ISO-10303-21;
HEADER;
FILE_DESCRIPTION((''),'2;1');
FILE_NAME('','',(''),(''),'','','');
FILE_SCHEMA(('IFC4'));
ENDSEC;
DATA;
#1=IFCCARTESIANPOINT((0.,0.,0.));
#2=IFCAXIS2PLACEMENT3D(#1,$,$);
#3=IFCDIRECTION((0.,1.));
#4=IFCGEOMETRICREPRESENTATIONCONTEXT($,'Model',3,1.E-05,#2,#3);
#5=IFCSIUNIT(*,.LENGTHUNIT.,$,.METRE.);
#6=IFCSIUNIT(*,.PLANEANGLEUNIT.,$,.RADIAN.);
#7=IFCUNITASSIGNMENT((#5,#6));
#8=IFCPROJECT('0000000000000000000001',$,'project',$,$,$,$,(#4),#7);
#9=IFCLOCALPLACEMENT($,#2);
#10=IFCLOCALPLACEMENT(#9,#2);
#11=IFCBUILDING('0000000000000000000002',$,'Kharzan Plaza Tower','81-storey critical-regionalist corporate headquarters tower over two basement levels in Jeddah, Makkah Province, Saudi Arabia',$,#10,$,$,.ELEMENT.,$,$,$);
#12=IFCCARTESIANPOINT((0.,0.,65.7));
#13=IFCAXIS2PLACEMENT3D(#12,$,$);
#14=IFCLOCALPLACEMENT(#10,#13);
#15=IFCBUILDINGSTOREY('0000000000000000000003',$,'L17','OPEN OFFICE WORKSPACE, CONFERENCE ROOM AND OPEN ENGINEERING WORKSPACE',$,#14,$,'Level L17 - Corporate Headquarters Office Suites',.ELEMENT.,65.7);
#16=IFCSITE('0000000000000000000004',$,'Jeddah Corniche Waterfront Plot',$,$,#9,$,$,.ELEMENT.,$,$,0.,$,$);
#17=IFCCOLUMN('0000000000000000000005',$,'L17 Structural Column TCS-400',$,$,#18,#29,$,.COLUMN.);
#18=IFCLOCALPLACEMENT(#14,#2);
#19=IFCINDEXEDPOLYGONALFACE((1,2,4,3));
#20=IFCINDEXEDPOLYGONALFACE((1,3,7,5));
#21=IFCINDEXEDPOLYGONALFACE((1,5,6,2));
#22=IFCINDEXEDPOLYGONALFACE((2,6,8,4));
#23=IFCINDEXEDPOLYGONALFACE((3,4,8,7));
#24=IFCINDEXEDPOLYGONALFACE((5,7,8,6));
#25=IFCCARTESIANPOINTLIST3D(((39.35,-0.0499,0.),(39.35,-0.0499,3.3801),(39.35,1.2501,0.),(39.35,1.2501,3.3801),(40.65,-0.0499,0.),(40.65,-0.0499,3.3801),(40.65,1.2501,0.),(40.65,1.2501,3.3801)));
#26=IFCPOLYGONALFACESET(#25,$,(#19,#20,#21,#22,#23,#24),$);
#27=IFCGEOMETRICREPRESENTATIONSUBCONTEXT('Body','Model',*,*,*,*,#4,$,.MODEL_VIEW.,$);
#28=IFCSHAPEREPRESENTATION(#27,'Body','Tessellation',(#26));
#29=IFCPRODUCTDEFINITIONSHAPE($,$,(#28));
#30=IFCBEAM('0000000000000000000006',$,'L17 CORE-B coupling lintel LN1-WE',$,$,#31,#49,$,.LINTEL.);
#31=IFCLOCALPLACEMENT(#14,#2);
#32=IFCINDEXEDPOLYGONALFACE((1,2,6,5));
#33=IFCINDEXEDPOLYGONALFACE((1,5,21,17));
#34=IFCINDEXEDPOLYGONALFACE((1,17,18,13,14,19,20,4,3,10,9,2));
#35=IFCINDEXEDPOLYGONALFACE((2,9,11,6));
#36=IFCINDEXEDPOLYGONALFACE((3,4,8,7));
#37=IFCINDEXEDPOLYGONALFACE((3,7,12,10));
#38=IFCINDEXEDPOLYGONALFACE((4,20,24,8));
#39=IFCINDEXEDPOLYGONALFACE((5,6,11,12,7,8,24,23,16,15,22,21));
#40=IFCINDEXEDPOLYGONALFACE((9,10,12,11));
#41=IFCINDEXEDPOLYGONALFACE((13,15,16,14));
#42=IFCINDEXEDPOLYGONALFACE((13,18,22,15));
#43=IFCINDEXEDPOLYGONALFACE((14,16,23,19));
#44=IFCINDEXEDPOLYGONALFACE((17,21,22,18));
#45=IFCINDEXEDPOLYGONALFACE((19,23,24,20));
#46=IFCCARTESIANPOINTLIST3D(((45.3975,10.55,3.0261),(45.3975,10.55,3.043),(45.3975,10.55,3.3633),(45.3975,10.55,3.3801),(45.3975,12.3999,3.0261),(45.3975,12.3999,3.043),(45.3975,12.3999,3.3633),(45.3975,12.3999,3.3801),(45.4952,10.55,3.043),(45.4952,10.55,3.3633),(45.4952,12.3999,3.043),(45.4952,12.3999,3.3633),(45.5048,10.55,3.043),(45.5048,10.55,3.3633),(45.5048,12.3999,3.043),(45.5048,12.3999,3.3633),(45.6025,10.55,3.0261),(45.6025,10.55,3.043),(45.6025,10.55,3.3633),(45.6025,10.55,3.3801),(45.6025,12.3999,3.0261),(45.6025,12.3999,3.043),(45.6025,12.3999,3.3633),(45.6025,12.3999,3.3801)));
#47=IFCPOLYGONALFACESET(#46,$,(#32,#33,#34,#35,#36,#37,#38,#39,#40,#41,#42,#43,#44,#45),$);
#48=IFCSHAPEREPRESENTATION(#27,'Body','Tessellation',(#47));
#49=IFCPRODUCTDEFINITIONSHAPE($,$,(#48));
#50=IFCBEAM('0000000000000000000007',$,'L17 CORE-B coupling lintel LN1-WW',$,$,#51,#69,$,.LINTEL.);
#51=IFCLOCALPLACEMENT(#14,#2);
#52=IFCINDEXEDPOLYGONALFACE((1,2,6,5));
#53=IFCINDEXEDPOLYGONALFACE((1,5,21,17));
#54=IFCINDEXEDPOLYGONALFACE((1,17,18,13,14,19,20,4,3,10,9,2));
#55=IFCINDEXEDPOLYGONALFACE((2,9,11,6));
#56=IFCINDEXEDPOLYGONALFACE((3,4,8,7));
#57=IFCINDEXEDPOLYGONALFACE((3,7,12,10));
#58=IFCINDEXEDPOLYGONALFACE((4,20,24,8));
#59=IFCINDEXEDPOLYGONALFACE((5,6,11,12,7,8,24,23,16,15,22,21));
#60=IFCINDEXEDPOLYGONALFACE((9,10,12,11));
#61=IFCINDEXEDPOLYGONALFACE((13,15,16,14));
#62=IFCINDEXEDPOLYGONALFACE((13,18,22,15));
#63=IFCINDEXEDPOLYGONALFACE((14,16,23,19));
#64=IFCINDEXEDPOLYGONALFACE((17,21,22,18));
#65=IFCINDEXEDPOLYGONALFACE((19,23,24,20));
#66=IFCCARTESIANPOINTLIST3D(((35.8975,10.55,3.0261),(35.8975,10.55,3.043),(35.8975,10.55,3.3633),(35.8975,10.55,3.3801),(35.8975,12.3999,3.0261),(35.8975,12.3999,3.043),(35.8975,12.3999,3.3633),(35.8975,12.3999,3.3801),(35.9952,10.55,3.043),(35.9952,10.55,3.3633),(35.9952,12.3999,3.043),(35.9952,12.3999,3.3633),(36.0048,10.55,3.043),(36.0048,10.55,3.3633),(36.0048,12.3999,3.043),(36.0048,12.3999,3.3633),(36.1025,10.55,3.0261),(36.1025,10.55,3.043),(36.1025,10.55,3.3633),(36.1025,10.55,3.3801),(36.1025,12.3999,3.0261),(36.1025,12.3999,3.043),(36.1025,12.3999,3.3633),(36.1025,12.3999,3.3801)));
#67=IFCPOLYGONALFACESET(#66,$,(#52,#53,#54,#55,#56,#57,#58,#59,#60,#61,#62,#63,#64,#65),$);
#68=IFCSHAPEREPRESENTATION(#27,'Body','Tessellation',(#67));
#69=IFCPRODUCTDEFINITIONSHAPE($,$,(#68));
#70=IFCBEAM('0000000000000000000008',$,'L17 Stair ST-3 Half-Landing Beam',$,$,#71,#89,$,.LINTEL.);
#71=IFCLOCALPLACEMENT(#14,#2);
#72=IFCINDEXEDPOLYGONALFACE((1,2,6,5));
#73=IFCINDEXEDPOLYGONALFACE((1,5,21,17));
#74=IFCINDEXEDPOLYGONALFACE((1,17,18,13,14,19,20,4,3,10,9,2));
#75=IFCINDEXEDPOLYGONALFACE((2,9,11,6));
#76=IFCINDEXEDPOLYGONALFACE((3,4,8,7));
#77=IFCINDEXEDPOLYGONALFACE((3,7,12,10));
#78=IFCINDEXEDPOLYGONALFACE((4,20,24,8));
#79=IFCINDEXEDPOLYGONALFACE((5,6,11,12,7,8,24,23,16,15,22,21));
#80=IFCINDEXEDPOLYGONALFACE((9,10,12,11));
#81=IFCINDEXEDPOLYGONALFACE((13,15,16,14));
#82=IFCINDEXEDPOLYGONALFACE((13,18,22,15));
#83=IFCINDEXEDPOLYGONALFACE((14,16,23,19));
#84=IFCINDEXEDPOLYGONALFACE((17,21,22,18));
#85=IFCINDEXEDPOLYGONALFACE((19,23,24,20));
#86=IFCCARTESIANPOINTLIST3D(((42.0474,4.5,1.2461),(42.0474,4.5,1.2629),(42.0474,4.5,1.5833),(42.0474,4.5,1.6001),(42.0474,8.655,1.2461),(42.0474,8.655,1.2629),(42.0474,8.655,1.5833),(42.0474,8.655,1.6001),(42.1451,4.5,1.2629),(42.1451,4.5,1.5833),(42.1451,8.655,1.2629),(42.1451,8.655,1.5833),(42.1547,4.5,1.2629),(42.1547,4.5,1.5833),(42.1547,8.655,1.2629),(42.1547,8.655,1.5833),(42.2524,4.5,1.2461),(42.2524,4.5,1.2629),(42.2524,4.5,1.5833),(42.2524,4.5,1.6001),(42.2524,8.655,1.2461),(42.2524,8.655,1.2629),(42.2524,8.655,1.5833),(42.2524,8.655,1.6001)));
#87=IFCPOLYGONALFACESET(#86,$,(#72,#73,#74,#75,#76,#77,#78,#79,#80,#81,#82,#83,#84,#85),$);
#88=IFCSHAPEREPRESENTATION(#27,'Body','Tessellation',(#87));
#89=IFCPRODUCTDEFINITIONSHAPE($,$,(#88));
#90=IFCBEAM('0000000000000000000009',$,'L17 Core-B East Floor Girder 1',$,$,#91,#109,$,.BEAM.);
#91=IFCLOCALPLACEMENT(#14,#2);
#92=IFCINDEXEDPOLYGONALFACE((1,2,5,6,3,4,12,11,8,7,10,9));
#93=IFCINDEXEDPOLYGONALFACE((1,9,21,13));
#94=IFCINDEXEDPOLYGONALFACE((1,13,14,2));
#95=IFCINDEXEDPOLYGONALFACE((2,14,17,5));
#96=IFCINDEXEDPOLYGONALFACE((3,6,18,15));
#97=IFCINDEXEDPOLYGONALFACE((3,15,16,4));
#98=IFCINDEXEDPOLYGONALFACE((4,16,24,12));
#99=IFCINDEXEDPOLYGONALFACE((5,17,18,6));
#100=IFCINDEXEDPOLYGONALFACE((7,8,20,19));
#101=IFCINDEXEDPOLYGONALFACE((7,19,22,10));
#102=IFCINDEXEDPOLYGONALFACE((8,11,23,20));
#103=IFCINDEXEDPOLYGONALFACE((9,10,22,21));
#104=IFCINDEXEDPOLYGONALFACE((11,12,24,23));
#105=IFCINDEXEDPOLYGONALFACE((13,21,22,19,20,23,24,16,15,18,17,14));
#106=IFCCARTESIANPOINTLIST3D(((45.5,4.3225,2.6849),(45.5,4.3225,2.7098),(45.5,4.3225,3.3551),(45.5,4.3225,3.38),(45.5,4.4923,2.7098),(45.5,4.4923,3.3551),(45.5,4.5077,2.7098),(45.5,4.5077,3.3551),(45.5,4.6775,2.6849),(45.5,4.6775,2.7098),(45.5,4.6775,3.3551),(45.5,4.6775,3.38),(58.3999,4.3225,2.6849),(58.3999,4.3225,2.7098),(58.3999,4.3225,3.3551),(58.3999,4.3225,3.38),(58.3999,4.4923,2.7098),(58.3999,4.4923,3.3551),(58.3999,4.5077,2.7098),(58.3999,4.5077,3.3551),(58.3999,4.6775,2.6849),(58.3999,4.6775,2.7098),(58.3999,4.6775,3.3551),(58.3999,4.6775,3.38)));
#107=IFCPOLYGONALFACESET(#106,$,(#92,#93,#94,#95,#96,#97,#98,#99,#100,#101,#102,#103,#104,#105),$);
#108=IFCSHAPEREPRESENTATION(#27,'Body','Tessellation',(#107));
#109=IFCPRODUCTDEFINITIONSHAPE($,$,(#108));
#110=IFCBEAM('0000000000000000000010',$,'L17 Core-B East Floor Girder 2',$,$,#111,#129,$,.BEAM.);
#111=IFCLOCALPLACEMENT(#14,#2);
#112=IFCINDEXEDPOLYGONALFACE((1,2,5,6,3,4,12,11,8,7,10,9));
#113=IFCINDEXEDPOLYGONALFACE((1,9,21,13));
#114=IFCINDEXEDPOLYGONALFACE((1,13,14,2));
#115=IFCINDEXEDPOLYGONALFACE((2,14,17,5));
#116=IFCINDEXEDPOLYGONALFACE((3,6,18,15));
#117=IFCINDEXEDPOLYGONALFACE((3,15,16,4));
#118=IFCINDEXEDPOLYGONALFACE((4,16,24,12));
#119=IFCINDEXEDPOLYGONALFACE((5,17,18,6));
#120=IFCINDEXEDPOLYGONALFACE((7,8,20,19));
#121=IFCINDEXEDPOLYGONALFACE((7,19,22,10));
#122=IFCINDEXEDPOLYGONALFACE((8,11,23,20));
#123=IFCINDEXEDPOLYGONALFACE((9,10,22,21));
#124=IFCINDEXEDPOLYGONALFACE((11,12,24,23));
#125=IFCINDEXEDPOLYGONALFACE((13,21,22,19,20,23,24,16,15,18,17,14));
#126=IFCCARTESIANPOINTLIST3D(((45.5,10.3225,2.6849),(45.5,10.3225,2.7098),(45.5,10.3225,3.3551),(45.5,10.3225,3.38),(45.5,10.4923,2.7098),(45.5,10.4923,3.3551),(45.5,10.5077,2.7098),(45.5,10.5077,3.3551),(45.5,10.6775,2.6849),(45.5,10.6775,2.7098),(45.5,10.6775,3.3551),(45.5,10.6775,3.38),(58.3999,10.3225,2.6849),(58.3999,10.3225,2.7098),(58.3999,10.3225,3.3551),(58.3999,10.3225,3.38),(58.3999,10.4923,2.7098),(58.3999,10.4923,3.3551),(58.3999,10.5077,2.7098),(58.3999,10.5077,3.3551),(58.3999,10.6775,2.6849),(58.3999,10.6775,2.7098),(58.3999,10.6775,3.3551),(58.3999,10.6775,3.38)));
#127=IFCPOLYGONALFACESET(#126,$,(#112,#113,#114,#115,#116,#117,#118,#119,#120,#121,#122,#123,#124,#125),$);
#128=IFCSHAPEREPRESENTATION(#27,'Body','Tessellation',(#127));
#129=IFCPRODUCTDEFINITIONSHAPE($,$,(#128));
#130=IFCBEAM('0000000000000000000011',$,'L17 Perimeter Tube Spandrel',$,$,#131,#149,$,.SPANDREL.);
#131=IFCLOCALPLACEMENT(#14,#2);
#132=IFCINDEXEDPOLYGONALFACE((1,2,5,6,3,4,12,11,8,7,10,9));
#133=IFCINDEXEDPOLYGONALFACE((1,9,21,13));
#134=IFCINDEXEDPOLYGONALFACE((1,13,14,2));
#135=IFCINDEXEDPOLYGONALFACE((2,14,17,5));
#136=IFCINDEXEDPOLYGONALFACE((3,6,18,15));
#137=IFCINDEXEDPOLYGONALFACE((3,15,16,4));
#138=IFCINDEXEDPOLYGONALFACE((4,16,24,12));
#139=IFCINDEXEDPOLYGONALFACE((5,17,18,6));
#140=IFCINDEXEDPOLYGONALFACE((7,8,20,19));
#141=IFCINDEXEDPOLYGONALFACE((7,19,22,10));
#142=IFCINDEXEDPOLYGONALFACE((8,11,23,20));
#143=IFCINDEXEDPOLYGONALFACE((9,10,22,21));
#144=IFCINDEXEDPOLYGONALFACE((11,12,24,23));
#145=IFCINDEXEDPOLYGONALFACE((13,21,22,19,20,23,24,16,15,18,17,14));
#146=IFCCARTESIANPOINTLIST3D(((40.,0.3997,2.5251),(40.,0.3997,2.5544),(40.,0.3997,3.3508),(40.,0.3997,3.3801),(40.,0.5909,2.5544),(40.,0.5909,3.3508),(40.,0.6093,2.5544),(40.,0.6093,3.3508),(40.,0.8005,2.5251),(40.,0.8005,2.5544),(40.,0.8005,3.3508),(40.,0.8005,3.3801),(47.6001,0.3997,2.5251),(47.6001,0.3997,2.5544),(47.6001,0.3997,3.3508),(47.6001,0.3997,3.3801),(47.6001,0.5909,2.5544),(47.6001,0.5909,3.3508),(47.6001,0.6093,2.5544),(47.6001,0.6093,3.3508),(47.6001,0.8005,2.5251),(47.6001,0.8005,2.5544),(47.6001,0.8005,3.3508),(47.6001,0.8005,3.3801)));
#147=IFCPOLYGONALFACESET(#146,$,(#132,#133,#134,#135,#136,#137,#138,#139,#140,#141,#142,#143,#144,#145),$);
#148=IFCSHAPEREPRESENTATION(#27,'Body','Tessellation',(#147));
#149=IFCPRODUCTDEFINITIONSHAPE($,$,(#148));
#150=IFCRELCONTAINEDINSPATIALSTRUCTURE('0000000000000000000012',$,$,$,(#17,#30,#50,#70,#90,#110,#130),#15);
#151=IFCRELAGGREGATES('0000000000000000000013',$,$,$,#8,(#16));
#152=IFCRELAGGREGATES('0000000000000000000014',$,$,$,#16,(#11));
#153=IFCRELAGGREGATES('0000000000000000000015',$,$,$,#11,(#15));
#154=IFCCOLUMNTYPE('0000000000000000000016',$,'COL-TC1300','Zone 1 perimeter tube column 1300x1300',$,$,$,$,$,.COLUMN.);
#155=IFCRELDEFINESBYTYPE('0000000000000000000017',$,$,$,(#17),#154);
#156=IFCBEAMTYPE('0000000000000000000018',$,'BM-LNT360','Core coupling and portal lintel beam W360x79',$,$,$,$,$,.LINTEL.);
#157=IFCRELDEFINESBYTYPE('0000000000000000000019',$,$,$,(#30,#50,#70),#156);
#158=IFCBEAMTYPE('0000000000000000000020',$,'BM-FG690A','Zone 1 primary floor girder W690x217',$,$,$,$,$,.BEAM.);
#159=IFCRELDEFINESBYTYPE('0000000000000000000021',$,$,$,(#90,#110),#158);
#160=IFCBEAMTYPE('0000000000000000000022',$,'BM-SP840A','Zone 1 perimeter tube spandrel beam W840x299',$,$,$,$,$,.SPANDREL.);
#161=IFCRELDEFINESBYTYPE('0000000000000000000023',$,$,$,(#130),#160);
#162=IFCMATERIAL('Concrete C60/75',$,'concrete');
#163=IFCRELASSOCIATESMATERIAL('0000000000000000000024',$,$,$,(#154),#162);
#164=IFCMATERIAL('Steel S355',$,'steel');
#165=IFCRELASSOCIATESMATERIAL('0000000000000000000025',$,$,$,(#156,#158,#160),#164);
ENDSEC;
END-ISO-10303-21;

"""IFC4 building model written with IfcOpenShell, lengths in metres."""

from ifc_helpers import new_model, si_unit, direction, frame, origin, origin_2d, place, context, subcontext, project, spatial, rectangle, i_section, extrude, source, transform, mapped, material, material_profile, profile_set, type_object, element, save


model = new_model("IFC4")

# Units and contexts
model_context = context("Model", 3, precision=1e-05, world=origin(), true_north=direction((0.0, 1.0)))
body_context = subcontext(model_context, "Body", "Model", "MODEL_VIEW")
ifc_project = project(units=[si_unit("LENGTHUNIT", "METRE"), si_unit("PLANEANGLEUNIT", "RADIAN")], contexts=[model_context])

# Site, building, storey
site_placement = place(None, origin())
site = spatial("IfcSite", under=ifc_project, at=site_placement, Name="Jeddah Corniche Waterfront Plot", CompositionType="ELEMENT", RefElevation=0.0)
building_placement = place(site_placement, origin())
building = spatial("IfcBuilding", under=site, at=building_placement, Name="Kharzan Plaza Tower", Description="81-storey critical-regionalist corporate headquarters tower over two basement levels in Jeddah, Makkah Province, Saudi Arabia", CompositionType="ELEMENT")
storey_placement = place(building_placement, frame((0.0, 0.0, 65.7)))
storey = spatial("IfcBuildingStorey", under=building, at=storey_placement, Name="L17", Description="OPEN OFFICE WORKSPACE, CONFERENCE ROOM AND OPEN ENGINEERING WORKSPACE", LongName="Level L17 - Corporate Headquarters Office Suites", CompositionType="ELEMENT", Elevation=65.7)

# Column
ifc_material_1 = material(Name="Concrete C60/75", Category="concrete")
ifc_material_profile_1 = material_profile(ifc_material_1, rectangle(XDim=1.3, YDim=1.3, at=origin_2d()), Name="RC-TC1300x1300")
ifc_profile_set_1 = profile_set([ifc_material_profile_1], Name="Concrete C60/75")
column_type = type_object("IfcColumnType", Name="COL-TC1300", Description="Zone 1 perimeter tube column 1300x1300", PredefinedType="COLUMN", material=ifc_profile_set_1)
shared_shape_1 = source(origin(), body_context, "Body", "SweptSolid", [
    extrude(rectangle(XDim=1.3, YDim=1.3, at=origin_2d()), origin(), (0.0, 0.0, 1.0), 3.3801),
])
column_placement = place(storey_placement, frame((40.0, 0.6001, 0.0), z_axis=(0.0, 0.0, 1.0), x_axis=(1.0, 0.0, 0.0)))
element("IfcColumn", 1, at=column_placement, inside=storey, type_object=column_type, Name="L17 Structural Column TCS-400", PredefinedType="COLUMN", context=body_context, shape_type="MappedRepresentation", body=[
    mapped(shared_shape_1, transform((0.0, 0.0, 0.0), x_axis=(1.0, 0.0, 0.0), y_axis=(0.0, 1.0, 0.0), z_axis=(0.0, 0.0, 1.0))),
])

# Beams
ifc_material_2 = material(Name="Steel S355", Category="steel")
ifc_material_profile_2 = material_profile(ifc_material_2, i_section(OverallWidth=0.2051, OverallDepth=0.354, WebThickness=0.0095, FlangeThickness=0.0168, at=origin_2d()), Name="W360x79")
ifc_profile_set_2 = profile_set([ifc_material_profile_2], Name="Steel S355")
beam_type_1 = type_object("IfcBeamType", Name="BM-LNT360", Description="Core coupling and portal lintel beam W360x79", PredefinedType="LINTEL", material=ifc_profile_set_2)
shared_shape_2 = source(origin(), body_context, "Body", "SweptSolid", [
    extrude(i_section(OverallWidth=0.2051, OverallDepth=0.354, WebThickness=0.0095, FlangeThickness=0.0168, at=origin_2d()), origin(), (0.0, 0.0, 1.0), 1.8499),
])
for number, where, z_axis, x_axis, name in (
    (2, (45.5, 10.55, 3.2031), (0.0, 1.0, 0.0), (-1.0, 0.0, 0.0), "L17 CORE-B coupling lintel LN1-WE"),
    (3, (36.0, 10.55, 3.2031), (0.0, 1.0, 0.0), (-1.0, 0.0, 0.0), "L17 CORE-B coupling lintel LN1-WW"),
):
    element("IfcBeam", number, at=place(storey_placement, frame(where, z_axis=z_axis, x_axis=x_axis)), inside=storey, type_object=beam_type_1, Name=name, PredefinedType="LINTEL", context=body_context, shape_type="MappedRepresentation", body=[
        mapped(shared_shape_2, transform((0.0, 0.0, 0.0), x_axis=(1.0, 0.0, 0.0), y_axis=(0.0, 1.0, 0.0), z_axis=(0.0, 0.0, 1.0))),
    ])
shared_shape_3 = source(origin(), body_context, "Body", "SweptSolid", [
    extrude(i_section(OverallWidth=0.2051, OverallDepth=0.354, WebThickness=0.0095, FlangeThickness=0.0168, at=origin_2d()), origin(), (0.0, 0.0, 1.0), 4.155),
])
beam_1_placement = place(storey_placement, frame((42.1499, 4.5, 1.4231), z_axis=(0.0, 1.0, 0.0), x_axis=(-1.0, 0.0, 0.0)))
element("IfcBeam", 4, at=beam_1_placement, inside=storey, type_object=beam_type_1, Name="L17 Stair ST-3 Half-Landing Beam", PredefinedType="LINTEL", context=body_context, shape_type="MappedRepresentation", body=[
    mapped(shared_shape_3, transform((0.0, 0.0, 0.0), x_axis=(1.0, 0.0, 0.0), y_axis=(0.0, 1.0, 0.0), z_axis=(0.0, 0.0, 1.0))),
])
ifc_material_profile_3 = material_profile(ifc_material_2, i_section(OverallWidth=0.355, OverallDepth=0.6951, WebThickness=0.0154, FlangeThickness=0.0249, at=origin_2d()), Name="W690x217")
ifc_profile_set_3 = profile_set([ifc_material_profile_3], Name="Steel S355")
beam_type_2 = type_object("IfcBeamType", Name="BM-FG690A", Description="Zone 1 primary floor girder W690x217", PredefinedType="BEAM", material=ifc_profile_set_3)
shared_shape_4 = source(origin(), body_context, "Body", "SweptSolid", [
    extrude(i_section(OverallWidth=0.355, OverallDepth=0.6951, WebThickness=0.0154, FlangeThickness=0.0249, at=origin_2d()), origin(), (0.0, 0.0, 1.0), 12.8999),
])
for number, where, z_axis, x_axis, name in (
    (5, (45.5, 4.5, 3.0325), (1.0, 0.0, 0.0), (0.0, 1.0, 0.0), "L17 Core-B East Floor Girder 1"),
    (6, (45.5, 10.5, 3.0325), (1.0, 0.0, 0.0), (0.0, 1.0, 0.0), "L17 Core-B East Floor Girder 2"),
):
    element("IfcBeam", number, at=place(storey_placement, frame(where, z_axis=z_axis, x_axis=x_axis)), inside=storey, type_object=beam_type_2, Name=name, PredefinedType="BEAM", context=body_context, shape_type="MappedRepresentation", body=[
        mapped(shared_shape_4, transform((0.0, 0.0, 0.0), x_axis=(1.0, 0.0, 0.0), y_axis=(0.0, 1.0, 0.0), z_axis=(0.0, 0.0, 1.0))),
    ])
ifc_material_profile_4 = material_profile(ifc_material_2, i_section(OverallWidth=0.4009, OverallDepth=0.855, WebThickness=0.0183, FlangeThickness=0.0293, at=origin_2d()), Name="W840x299")
ifc_profile_set_4 = profile_set([ifc_material_profile_4], Name="Steel S355")
beam_type_3 = type_object("IfcBeamType", Name="BM-SP840A", Description="Zone 1 perimeter tube spandrel beam W840x299", PredefinedType="SPANDREL", material=ifc_profile_set_4)
shared_shape_5 = source(origin(), body_context, "Body", "SweptSolid", [
    extrude(i_section(OverallWidth=0.4009, OverallDepth=0.855, WebThickness=0.0183, FlangeThickness=0.0293, at=origin_2d()), origin(), (0.0, 0.0, 1.0), 7.6001),
])
beam_2_placement = place(storey_placement, frame((40.0, 0.6001, 2.9526), z_axis=(1.0, 0.0, 0.0), x_axis=(0.0, 1.0, 0.0)))
element("IfcBeam", 7, at=beam_2_placement, inside=storey, type_object=beam_type_3, Name="L17 Perimeter Tube Spandrel", PredefinedType="SPANDREL", context=body_context, shape_type="MappedRepresentation", body=[
    mapped(shared_shape_5, transform((0.0, 0.0, 0.0), x_axis=(1.0, 0.0, 0.0), y_axis=(0.0, 1.0, 0.0), z_axis=(0.0, 0.0, 1.0))),
])

save(model, "model.ifc")
